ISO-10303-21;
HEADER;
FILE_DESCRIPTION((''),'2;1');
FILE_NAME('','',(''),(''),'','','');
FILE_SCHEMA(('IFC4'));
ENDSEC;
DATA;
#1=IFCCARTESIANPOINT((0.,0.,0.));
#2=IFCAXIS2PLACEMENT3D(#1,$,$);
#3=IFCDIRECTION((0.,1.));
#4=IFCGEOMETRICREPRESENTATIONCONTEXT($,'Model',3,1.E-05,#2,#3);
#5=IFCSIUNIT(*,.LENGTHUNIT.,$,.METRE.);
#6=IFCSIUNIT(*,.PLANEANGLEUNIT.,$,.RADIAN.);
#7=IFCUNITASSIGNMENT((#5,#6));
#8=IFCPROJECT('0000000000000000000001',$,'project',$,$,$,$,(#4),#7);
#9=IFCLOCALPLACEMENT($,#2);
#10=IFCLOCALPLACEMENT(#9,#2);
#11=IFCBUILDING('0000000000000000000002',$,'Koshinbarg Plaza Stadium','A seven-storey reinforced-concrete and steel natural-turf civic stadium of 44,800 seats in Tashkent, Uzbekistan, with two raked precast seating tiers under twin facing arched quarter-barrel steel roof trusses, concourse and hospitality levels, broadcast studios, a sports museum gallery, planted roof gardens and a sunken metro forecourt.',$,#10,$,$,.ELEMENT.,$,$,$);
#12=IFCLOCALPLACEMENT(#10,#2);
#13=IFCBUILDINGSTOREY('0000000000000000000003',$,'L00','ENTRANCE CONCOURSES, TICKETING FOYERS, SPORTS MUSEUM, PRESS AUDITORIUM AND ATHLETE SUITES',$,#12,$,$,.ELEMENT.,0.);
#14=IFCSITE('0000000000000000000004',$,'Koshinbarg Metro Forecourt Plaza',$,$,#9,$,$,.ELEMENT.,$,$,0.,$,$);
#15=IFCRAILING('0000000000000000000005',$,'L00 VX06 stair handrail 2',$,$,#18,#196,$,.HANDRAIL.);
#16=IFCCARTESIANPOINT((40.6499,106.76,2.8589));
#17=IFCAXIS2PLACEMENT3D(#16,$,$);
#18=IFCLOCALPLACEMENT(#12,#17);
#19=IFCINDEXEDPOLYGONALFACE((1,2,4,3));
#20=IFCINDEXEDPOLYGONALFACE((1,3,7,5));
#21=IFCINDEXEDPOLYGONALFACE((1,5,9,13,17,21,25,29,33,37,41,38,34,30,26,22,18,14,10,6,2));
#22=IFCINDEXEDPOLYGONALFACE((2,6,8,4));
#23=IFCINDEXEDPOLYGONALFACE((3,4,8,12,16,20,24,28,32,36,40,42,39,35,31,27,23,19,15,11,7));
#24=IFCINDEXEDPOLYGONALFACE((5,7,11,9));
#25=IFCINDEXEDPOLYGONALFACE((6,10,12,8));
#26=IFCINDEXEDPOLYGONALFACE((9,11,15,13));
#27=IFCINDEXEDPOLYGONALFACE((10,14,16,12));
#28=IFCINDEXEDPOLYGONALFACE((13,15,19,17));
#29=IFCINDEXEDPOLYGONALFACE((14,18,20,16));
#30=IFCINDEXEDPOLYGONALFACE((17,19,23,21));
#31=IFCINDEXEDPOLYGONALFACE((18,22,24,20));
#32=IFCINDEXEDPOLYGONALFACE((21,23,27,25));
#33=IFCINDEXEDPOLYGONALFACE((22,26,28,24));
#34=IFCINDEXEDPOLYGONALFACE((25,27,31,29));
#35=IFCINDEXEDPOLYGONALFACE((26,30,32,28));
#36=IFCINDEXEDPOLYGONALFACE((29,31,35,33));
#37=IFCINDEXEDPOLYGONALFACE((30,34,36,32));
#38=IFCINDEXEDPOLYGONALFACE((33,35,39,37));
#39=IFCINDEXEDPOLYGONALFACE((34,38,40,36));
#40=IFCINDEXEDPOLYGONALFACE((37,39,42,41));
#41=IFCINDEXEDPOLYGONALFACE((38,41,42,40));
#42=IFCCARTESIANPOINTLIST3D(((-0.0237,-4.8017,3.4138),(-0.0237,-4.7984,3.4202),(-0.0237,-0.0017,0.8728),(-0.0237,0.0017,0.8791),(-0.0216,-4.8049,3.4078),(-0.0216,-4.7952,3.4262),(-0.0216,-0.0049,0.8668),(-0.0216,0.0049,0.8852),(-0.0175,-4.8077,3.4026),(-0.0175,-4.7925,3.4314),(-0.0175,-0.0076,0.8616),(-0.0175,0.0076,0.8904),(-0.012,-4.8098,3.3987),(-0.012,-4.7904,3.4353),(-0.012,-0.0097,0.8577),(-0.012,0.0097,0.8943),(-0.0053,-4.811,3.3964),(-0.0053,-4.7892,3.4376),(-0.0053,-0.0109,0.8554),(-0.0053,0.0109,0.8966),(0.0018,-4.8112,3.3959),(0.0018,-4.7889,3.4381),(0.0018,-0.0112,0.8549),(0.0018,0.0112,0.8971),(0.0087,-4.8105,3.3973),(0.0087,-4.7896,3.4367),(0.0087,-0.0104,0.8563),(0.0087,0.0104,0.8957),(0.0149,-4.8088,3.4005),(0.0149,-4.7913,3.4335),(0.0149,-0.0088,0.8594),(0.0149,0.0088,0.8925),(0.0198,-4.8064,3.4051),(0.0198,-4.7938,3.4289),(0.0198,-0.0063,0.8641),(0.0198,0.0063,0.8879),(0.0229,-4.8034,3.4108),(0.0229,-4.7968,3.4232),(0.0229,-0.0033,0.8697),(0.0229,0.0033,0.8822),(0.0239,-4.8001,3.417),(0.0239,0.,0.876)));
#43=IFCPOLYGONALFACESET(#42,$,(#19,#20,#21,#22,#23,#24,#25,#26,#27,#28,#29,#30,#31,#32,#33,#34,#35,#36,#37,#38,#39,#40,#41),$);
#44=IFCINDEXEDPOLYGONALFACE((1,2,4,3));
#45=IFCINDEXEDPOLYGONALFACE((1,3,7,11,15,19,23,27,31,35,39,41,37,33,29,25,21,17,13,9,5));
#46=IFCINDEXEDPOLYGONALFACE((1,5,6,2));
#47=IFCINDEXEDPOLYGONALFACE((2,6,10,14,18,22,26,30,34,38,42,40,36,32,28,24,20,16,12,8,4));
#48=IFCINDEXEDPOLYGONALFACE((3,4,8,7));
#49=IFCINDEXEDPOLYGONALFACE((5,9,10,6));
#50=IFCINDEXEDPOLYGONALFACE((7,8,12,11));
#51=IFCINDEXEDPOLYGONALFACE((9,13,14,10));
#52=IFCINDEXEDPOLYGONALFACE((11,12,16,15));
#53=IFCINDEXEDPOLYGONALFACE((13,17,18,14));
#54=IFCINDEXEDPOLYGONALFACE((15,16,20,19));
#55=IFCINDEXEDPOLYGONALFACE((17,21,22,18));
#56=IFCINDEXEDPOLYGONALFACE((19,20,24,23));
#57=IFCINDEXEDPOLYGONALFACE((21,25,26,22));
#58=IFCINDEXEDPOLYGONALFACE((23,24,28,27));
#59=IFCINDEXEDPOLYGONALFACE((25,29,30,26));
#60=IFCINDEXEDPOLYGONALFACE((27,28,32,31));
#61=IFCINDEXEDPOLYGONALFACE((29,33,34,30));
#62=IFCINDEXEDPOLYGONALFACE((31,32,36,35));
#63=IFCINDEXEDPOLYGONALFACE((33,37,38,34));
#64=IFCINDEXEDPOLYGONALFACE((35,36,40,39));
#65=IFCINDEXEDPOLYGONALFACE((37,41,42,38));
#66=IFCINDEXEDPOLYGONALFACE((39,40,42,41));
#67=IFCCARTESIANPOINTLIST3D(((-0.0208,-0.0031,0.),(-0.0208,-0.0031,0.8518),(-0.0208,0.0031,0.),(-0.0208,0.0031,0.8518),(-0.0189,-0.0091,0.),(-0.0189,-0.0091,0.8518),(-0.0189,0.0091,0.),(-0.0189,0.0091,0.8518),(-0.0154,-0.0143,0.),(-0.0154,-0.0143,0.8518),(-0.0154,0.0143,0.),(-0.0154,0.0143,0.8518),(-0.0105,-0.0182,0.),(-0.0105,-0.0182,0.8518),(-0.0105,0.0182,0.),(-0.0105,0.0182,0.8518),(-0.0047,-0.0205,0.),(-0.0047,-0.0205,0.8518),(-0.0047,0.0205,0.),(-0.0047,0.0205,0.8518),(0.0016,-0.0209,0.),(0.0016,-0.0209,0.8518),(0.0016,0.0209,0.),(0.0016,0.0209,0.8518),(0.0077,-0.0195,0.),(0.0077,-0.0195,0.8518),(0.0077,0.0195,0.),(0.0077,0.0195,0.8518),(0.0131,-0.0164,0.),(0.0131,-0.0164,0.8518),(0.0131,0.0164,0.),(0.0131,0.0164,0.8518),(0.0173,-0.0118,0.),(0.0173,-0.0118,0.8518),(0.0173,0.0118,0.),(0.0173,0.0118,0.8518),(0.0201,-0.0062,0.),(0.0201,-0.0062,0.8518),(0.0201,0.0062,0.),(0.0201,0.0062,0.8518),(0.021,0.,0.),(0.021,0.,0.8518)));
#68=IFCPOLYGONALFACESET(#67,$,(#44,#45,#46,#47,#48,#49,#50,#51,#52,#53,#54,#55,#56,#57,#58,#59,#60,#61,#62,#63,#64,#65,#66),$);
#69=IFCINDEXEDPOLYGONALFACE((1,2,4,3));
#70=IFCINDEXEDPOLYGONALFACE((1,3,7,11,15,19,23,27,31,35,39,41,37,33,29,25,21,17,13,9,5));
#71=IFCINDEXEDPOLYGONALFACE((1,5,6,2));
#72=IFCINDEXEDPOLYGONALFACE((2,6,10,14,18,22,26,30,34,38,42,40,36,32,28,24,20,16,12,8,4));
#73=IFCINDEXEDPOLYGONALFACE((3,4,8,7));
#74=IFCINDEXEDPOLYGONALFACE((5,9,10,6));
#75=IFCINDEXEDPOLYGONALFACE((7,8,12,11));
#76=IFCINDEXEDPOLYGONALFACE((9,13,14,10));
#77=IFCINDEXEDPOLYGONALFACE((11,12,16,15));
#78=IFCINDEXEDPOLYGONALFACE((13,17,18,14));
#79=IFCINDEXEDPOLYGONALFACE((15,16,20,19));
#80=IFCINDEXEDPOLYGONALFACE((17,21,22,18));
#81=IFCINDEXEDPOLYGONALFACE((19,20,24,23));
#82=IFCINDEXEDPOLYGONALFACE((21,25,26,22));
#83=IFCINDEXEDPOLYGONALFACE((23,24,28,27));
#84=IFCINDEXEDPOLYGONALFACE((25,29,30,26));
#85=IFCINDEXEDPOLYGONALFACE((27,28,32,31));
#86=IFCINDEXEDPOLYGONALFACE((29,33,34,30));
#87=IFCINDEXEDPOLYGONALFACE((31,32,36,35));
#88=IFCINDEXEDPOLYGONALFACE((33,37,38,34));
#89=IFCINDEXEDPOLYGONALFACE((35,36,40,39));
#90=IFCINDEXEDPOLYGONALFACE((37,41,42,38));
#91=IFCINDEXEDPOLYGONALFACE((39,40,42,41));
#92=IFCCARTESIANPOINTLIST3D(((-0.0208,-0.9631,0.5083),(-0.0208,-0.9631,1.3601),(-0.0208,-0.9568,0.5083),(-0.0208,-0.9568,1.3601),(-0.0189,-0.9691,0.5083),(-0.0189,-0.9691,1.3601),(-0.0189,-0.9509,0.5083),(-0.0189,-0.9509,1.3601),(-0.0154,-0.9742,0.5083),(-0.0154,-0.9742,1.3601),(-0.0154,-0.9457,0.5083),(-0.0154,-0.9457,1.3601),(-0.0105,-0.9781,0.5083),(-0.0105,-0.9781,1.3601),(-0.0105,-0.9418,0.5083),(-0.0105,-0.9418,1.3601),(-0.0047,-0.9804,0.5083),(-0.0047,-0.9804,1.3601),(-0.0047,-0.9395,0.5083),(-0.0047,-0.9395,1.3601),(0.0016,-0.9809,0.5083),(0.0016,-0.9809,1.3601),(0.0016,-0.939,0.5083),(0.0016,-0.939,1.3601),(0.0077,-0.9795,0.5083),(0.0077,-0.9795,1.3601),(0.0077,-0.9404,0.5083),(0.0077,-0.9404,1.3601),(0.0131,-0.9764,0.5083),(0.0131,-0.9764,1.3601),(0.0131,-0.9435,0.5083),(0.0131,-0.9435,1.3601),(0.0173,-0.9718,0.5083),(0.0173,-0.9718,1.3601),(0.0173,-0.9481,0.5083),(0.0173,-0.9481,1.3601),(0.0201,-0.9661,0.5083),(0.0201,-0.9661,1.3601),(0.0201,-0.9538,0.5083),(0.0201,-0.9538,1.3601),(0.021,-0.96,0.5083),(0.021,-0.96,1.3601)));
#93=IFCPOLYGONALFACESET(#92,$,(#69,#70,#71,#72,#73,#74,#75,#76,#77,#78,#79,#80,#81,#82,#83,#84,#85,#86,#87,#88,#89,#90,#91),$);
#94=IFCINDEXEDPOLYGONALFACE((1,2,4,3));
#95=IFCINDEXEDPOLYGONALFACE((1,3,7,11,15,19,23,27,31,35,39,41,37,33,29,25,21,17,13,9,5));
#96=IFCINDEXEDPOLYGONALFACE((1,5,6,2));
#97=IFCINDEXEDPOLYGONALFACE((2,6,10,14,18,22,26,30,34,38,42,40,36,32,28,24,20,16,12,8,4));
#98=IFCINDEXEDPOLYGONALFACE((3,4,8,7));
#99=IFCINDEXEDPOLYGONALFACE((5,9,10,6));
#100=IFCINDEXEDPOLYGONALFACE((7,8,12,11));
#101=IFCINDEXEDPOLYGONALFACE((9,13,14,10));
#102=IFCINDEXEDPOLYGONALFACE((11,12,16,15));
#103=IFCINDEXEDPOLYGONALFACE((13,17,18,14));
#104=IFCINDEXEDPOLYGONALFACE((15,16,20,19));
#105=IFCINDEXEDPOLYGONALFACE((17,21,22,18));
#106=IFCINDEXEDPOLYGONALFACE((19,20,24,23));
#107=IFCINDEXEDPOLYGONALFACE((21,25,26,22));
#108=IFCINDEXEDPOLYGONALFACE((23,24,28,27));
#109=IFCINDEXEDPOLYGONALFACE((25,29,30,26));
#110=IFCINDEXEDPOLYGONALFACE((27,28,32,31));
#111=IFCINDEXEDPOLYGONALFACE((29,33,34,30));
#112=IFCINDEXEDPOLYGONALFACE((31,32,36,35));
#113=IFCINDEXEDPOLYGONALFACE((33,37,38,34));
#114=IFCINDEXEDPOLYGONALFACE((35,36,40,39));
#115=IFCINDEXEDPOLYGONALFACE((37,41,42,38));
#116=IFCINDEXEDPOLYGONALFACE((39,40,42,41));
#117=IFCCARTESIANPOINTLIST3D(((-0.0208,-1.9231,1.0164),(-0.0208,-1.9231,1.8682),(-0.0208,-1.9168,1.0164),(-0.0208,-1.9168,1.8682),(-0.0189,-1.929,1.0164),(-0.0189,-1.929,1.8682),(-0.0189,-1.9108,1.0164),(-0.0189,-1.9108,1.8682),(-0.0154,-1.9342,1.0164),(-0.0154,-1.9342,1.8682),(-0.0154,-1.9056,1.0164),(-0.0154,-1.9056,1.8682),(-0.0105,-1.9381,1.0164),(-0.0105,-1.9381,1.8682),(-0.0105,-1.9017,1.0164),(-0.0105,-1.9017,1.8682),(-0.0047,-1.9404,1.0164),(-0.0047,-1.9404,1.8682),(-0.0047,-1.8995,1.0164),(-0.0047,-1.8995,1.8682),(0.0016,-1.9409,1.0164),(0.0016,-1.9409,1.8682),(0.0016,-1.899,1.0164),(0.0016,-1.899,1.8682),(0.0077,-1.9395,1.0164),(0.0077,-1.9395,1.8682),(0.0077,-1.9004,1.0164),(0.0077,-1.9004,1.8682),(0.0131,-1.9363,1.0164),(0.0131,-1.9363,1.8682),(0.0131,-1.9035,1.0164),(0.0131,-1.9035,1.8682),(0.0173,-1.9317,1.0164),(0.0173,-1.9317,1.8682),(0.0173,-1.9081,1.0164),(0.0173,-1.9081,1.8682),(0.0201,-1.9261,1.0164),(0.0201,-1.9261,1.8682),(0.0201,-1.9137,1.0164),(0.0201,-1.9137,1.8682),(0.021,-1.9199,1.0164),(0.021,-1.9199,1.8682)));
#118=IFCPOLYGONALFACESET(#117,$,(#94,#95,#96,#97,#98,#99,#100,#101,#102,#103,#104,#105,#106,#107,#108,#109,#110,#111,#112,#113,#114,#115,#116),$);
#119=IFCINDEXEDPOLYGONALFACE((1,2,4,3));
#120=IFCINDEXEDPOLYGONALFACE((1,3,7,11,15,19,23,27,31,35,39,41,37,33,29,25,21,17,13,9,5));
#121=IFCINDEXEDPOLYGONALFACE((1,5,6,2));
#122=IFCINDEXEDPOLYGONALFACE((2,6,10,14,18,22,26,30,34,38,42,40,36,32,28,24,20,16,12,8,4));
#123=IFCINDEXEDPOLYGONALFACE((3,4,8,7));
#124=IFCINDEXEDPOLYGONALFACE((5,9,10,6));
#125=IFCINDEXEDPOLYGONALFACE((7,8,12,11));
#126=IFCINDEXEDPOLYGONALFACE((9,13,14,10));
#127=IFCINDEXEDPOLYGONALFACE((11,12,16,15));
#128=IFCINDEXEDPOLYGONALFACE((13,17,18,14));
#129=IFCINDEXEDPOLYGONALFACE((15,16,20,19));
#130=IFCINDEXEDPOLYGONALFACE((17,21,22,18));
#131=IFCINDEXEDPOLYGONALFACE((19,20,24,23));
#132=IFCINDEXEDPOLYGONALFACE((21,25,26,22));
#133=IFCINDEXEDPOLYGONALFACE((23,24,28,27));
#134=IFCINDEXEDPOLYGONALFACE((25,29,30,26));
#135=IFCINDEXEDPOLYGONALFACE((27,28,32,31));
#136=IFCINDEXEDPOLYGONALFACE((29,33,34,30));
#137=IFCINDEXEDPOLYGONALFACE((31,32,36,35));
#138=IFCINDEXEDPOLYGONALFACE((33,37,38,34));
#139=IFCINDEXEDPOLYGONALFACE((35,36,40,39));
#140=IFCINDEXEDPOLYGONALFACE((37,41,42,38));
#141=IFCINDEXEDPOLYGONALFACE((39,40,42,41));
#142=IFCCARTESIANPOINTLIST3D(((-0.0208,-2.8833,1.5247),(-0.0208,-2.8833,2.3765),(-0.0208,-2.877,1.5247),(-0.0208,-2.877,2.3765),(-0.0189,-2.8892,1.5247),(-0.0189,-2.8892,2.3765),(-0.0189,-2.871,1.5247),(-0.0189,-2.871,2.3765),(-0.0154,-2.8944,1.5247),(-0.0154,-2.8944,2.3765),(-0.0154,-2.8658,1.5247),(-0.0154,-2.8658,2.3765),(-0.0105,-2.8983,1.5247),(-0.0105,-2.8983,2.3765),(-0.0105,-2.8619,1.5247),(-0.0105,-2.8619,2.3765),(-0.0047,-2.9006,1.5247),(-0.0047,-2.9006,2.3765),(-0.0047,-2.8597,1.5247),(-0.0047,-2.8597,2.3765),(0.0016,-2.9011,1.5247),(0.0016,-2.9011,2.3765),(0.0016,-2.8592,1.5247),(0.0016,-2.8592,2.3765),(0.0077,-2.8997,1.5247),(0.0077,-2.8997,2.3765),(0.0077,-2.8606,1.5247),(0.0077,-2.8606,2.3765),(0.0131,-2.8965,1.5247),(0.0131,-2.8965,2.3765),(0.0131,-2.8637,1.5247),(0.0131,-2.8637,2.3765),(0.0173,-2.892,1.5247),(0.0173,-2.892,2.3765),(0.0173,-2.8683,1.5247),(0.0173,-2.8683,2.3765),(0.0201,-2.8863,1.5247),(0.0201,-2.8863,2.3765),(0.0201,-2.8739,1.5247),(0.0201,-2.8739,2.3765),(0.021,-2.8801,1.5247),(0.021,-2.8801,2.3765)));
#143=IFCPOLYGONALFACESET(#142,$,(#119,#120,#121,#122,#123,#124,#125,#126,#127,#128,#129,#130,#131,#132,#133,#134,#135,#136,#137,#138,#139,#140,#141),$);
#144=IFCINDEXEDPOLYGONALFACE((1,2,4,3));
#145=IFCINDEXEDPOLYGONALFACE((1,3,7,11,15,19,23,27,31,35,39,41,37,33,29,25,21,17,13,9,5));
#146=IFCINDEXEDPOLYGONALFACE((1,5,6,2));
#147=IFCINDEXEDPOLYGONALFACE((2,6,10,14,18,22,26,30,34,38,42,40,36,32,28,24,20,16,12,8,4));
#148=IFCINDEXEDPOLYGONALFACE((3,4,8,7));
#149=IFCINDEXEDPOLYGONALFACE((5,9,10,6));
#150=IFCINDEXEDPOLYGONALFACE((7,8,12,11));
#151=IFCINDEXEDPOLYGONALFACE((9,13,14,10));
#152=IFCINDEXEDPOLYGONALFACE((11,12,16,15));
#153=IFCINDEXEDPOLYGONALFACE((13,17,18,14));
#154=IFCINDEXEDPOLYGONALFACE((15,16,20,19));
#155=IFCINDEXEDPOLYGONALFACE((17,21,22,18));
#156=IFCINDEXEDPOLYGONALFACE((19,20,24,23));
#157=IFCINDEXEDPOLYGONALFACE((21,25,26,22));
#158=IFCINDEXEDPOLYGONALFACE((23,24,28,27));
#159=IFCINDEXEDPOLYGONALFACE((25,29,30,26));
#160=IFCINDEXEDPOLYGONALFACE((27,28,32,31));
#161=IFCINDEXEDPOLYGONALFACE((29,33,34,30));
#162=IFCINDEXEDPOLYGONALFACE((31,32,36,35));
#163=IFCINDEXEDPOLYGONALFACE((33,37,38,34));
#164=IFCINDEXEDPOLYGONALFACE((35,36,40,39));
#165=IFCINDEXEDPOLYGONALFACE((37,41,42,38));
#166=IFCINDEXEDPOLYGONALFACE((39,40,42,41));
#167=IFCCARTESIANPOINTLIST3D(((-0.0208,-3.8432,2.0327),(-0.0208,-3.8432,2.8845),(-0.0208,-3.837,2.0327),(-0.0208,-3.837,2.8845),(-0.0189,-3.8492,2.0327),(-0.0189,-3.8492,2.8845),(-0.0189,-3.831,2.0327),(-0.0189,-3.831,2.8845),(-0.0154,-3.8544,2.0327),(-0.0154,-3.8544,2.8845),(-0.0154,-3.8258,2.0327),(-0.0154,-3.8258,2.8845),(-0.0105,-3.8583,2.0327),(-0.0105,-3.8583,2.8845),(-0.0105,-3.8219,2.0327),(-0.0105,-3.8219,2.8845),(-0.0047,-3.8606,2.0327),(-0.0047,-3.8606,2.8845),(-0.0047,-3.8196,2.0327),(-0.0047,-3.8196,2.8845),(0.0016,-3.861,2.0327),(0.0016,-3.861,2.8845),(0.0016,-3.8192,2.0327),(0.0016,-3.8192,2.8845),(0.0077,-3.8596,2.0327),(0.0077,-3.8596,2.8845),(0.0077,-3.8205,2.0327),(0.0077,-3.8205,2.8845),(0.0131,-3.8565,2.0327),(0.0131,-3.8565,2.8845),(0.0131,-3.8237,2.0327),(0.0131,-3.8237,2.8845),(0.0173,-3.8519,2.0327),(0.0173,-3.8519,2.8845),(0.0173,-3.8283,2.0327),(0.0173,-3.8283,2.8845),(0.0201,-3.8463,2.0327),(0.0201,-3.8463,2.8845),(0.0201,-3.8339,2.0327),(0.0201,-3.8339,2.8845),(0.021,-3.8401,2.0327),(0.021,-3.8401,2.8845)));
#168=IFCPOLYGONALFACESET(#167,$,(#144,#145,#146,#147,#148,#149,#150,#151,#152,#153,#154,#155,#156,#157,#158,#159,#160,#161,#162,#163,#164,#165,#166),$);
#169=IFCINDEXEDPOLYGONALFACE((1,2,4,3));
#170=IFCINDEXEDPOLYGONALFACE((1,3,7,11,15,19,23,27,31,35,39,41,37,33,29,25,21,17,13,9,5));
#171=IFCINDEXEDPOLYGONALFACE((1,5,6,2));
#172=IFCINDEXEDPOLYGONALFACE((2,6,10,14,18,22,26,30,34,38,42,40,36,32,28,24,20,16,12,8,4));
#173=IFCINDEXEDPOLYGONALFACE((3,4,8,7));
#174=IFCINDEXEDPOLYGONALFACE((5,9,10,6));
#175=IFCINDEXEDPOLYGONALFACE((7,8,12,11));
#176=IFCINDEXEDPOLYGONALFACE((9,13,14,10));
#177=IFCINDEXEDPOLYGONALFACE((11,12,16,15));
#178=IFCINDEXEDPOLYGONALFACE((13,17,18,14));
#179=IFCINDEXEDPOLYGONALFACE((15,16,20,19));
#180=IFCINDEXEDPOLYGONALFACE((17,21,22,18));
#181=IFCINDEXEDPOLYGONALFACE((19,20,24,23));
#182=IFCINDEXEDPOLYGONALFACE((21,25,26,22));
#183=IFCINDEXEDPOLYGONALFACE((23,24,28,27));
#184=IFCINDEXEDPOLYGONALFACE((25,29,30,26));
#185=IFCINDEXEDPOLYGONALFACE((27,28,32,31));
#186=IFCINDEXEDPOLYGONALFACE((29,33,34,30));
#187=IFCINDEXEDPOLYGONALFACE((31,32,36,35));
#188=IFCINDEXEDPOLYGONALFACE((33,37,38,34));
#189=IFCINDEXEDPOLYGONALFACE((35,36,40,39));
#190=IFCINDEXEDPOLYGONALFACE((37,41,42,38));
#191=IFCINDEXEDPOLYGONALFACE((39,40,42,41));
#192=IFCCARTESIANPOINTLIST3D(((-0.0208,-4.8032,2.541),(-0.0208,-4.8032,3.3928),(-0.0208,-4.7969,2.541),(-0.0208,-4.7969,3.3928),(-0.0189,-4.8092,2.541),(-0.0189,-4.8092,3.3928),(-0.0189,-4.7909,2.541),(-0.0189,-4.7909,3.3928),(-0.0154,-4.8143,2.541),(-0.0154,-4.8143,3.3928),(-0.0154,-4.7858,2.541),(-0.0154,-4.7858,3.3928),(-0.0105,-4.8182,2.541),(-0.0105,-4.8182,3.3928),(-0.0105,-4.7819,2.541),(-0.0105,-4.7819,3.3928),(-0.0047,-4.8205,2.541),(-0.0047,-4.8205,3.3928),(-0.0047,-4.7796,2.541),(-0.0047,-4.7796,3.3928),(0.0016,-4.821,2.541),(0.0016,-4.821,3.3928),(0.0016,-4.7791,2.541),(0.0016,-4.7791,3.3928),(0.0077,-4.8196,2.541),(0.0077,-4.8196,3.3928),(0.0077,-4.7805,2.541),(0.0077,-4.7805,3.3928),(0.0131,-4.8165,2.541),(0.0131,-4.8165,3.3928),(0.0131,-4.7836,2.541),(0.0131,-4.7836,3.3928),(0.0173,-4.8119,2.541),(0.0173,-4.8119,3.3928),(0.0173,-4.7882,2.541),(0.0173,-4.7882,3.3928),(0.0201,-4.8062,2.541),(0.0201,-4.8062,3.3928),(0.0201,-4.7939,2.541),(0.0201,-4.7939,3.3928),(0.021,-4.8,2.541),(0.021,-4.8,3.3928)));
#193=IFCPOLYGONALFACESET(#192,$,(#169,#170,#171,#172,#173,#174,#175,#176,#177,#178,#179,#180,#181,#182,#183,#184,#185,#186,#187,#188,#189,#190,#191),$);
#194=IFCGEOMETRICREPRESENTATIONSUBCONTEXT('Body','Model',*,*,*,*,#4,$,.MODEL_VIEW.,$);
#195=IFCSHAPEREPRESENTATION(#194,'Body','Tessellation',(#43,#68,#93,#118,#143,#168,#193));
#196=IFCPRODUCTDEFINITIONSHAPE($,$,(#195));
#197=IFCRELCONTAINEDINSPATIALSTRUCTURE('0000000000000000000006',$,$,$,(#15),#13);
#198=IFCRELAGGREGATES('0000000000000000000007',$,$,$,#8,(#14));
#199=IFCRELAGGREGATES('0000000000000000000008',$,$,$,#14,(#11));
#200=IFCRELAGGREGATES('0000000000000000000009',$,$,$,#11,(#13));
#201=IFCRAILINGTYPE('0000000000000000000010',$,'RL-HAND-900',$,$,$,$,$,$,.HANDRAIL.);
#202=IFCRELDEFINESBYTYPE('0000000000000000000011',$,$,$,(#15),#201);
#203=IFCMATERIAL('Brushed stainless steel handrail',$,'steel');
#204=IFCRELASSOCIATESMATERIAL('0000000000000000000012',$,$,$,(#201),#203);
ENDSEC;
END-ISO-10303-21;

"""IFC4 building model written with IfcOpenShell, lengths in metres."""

from ifc_helpers import new_model, si_unit, direction, frame, origin, origin_2d, place, context, subcontext, project, spatial, circle, extrude, material, type_object, element, save


model = new_model("IFC4")

# Units and contexts
model_context = context("Model", 3, precision=1e-05, world=origin(), true_north=direction((0.0, 1.0)))
body_context = subcontext(model_context, "Body", "Model", "MODEL_VIEW")
ifc_project = project(units=[si_unit("LENGTHUNIT", "METRE"), si_unit("PLANEANGLEUNIT", "RADIAN")], contexts=[model_context])

# Site, building, storey
site_placement = place(None, origin())
site = spatial("IfcSite", under=ifc_project, at=site_placement, Name="Koshinbarg Metro Forecourt Plaza", CompositionType="ELEMENT", RefElevation=0.0)
building_placement = place(site_placement, origin())
building = spatial("IfcBuilding", under=site, at=building_placement, Name="Koshinbarg Plaza Stadium", Description="A seven-storey reinforced-concrete and steel natural-turf civic stadium of 44,800 seats in Tashkent, Uzbekistan, with two raked precast seating tiers under twin facing arched quarter-barrel steel roof trusses, concourse and hospitality levels, broadcast studios, a sports museum gallery, planted roof gardens and a sunken metro forecourt.", CompositionType="ELEMENT")
storey_placement = place(building_placement, origin())
storey = spatial("IfcBuildingStorey", under=building, at=storey_placement, Name="L00", Description="ENTRANCE CONCOURSES, TICKETING FOYERS, SPORTS MUSEUM, PRESS AUDITORIUM AND ATHLETE SUITES", CompositionType="ELEMENT", Elevation=0.0)

# Railing
ifc_material_1 = material(Name="Brushed stainless steel handrail", Category="steel")
railing_type_1 = type_object("IfcRailingType", Name="RL-HAND-900", PredefinedType="HANDRAIL", material=ifc_material_1)
railing_1_placement = place(storey_placement, frame((40.6499, 106.76, 2.8589)))
element("IfcRailing", 1, at=railing_1_placement, inside=storey, type_object=railing_type_1, Name="L00 VX06 stair handrail 2", PredefinedType="HANDRAIL", context=body_context, shape_type="SweptSolid", body=[
    extrude(circle(Radius=0.0239, at=origin_2d()), frame((0.0, 0.0, 0.876), z_axis=(0.0, -0.883802, 0.467861), x_axis=(1.0, 0.0, 0.0)), (0.0, 0.0, 1.0), 5.4312),
    extrude(circle(Radius=0.021, at=origin_2d()), origin(), (0.0, 0.0, 1.0), 0.8518),
    extrude(circle(Radius=0.021, at=origin_2d()), frame((0.0, -0.96, 0.5083)), (0.0, 0.0, 1.0), 0.8518),
    extrude(circle(Radius=0.021, at=origin_2d()), frame((0.0, -1.9199, 1.0164)), (0.0, 0.0, 1.0), 0.8518),
    extrude(circle(Radius=0.021, at=origin_2d()), frame((0.0, -2.8801, 1.5247)), (0.0, 0.0, 1.0), 0.8518),
    extrude(circle(Radius=0.021, at=origin_2d()), frame((0.0, -3.8401, 2.0327)), (0.0, 0.0, 1.0), 0.8518),
    extrude(circle(Radius=0.021, at=origin_2d()), frame((0.0, -4.8, 2.541)), (0.0, 0.0, 1.0), 0.8518),
])

save(model, "model.ifc")
